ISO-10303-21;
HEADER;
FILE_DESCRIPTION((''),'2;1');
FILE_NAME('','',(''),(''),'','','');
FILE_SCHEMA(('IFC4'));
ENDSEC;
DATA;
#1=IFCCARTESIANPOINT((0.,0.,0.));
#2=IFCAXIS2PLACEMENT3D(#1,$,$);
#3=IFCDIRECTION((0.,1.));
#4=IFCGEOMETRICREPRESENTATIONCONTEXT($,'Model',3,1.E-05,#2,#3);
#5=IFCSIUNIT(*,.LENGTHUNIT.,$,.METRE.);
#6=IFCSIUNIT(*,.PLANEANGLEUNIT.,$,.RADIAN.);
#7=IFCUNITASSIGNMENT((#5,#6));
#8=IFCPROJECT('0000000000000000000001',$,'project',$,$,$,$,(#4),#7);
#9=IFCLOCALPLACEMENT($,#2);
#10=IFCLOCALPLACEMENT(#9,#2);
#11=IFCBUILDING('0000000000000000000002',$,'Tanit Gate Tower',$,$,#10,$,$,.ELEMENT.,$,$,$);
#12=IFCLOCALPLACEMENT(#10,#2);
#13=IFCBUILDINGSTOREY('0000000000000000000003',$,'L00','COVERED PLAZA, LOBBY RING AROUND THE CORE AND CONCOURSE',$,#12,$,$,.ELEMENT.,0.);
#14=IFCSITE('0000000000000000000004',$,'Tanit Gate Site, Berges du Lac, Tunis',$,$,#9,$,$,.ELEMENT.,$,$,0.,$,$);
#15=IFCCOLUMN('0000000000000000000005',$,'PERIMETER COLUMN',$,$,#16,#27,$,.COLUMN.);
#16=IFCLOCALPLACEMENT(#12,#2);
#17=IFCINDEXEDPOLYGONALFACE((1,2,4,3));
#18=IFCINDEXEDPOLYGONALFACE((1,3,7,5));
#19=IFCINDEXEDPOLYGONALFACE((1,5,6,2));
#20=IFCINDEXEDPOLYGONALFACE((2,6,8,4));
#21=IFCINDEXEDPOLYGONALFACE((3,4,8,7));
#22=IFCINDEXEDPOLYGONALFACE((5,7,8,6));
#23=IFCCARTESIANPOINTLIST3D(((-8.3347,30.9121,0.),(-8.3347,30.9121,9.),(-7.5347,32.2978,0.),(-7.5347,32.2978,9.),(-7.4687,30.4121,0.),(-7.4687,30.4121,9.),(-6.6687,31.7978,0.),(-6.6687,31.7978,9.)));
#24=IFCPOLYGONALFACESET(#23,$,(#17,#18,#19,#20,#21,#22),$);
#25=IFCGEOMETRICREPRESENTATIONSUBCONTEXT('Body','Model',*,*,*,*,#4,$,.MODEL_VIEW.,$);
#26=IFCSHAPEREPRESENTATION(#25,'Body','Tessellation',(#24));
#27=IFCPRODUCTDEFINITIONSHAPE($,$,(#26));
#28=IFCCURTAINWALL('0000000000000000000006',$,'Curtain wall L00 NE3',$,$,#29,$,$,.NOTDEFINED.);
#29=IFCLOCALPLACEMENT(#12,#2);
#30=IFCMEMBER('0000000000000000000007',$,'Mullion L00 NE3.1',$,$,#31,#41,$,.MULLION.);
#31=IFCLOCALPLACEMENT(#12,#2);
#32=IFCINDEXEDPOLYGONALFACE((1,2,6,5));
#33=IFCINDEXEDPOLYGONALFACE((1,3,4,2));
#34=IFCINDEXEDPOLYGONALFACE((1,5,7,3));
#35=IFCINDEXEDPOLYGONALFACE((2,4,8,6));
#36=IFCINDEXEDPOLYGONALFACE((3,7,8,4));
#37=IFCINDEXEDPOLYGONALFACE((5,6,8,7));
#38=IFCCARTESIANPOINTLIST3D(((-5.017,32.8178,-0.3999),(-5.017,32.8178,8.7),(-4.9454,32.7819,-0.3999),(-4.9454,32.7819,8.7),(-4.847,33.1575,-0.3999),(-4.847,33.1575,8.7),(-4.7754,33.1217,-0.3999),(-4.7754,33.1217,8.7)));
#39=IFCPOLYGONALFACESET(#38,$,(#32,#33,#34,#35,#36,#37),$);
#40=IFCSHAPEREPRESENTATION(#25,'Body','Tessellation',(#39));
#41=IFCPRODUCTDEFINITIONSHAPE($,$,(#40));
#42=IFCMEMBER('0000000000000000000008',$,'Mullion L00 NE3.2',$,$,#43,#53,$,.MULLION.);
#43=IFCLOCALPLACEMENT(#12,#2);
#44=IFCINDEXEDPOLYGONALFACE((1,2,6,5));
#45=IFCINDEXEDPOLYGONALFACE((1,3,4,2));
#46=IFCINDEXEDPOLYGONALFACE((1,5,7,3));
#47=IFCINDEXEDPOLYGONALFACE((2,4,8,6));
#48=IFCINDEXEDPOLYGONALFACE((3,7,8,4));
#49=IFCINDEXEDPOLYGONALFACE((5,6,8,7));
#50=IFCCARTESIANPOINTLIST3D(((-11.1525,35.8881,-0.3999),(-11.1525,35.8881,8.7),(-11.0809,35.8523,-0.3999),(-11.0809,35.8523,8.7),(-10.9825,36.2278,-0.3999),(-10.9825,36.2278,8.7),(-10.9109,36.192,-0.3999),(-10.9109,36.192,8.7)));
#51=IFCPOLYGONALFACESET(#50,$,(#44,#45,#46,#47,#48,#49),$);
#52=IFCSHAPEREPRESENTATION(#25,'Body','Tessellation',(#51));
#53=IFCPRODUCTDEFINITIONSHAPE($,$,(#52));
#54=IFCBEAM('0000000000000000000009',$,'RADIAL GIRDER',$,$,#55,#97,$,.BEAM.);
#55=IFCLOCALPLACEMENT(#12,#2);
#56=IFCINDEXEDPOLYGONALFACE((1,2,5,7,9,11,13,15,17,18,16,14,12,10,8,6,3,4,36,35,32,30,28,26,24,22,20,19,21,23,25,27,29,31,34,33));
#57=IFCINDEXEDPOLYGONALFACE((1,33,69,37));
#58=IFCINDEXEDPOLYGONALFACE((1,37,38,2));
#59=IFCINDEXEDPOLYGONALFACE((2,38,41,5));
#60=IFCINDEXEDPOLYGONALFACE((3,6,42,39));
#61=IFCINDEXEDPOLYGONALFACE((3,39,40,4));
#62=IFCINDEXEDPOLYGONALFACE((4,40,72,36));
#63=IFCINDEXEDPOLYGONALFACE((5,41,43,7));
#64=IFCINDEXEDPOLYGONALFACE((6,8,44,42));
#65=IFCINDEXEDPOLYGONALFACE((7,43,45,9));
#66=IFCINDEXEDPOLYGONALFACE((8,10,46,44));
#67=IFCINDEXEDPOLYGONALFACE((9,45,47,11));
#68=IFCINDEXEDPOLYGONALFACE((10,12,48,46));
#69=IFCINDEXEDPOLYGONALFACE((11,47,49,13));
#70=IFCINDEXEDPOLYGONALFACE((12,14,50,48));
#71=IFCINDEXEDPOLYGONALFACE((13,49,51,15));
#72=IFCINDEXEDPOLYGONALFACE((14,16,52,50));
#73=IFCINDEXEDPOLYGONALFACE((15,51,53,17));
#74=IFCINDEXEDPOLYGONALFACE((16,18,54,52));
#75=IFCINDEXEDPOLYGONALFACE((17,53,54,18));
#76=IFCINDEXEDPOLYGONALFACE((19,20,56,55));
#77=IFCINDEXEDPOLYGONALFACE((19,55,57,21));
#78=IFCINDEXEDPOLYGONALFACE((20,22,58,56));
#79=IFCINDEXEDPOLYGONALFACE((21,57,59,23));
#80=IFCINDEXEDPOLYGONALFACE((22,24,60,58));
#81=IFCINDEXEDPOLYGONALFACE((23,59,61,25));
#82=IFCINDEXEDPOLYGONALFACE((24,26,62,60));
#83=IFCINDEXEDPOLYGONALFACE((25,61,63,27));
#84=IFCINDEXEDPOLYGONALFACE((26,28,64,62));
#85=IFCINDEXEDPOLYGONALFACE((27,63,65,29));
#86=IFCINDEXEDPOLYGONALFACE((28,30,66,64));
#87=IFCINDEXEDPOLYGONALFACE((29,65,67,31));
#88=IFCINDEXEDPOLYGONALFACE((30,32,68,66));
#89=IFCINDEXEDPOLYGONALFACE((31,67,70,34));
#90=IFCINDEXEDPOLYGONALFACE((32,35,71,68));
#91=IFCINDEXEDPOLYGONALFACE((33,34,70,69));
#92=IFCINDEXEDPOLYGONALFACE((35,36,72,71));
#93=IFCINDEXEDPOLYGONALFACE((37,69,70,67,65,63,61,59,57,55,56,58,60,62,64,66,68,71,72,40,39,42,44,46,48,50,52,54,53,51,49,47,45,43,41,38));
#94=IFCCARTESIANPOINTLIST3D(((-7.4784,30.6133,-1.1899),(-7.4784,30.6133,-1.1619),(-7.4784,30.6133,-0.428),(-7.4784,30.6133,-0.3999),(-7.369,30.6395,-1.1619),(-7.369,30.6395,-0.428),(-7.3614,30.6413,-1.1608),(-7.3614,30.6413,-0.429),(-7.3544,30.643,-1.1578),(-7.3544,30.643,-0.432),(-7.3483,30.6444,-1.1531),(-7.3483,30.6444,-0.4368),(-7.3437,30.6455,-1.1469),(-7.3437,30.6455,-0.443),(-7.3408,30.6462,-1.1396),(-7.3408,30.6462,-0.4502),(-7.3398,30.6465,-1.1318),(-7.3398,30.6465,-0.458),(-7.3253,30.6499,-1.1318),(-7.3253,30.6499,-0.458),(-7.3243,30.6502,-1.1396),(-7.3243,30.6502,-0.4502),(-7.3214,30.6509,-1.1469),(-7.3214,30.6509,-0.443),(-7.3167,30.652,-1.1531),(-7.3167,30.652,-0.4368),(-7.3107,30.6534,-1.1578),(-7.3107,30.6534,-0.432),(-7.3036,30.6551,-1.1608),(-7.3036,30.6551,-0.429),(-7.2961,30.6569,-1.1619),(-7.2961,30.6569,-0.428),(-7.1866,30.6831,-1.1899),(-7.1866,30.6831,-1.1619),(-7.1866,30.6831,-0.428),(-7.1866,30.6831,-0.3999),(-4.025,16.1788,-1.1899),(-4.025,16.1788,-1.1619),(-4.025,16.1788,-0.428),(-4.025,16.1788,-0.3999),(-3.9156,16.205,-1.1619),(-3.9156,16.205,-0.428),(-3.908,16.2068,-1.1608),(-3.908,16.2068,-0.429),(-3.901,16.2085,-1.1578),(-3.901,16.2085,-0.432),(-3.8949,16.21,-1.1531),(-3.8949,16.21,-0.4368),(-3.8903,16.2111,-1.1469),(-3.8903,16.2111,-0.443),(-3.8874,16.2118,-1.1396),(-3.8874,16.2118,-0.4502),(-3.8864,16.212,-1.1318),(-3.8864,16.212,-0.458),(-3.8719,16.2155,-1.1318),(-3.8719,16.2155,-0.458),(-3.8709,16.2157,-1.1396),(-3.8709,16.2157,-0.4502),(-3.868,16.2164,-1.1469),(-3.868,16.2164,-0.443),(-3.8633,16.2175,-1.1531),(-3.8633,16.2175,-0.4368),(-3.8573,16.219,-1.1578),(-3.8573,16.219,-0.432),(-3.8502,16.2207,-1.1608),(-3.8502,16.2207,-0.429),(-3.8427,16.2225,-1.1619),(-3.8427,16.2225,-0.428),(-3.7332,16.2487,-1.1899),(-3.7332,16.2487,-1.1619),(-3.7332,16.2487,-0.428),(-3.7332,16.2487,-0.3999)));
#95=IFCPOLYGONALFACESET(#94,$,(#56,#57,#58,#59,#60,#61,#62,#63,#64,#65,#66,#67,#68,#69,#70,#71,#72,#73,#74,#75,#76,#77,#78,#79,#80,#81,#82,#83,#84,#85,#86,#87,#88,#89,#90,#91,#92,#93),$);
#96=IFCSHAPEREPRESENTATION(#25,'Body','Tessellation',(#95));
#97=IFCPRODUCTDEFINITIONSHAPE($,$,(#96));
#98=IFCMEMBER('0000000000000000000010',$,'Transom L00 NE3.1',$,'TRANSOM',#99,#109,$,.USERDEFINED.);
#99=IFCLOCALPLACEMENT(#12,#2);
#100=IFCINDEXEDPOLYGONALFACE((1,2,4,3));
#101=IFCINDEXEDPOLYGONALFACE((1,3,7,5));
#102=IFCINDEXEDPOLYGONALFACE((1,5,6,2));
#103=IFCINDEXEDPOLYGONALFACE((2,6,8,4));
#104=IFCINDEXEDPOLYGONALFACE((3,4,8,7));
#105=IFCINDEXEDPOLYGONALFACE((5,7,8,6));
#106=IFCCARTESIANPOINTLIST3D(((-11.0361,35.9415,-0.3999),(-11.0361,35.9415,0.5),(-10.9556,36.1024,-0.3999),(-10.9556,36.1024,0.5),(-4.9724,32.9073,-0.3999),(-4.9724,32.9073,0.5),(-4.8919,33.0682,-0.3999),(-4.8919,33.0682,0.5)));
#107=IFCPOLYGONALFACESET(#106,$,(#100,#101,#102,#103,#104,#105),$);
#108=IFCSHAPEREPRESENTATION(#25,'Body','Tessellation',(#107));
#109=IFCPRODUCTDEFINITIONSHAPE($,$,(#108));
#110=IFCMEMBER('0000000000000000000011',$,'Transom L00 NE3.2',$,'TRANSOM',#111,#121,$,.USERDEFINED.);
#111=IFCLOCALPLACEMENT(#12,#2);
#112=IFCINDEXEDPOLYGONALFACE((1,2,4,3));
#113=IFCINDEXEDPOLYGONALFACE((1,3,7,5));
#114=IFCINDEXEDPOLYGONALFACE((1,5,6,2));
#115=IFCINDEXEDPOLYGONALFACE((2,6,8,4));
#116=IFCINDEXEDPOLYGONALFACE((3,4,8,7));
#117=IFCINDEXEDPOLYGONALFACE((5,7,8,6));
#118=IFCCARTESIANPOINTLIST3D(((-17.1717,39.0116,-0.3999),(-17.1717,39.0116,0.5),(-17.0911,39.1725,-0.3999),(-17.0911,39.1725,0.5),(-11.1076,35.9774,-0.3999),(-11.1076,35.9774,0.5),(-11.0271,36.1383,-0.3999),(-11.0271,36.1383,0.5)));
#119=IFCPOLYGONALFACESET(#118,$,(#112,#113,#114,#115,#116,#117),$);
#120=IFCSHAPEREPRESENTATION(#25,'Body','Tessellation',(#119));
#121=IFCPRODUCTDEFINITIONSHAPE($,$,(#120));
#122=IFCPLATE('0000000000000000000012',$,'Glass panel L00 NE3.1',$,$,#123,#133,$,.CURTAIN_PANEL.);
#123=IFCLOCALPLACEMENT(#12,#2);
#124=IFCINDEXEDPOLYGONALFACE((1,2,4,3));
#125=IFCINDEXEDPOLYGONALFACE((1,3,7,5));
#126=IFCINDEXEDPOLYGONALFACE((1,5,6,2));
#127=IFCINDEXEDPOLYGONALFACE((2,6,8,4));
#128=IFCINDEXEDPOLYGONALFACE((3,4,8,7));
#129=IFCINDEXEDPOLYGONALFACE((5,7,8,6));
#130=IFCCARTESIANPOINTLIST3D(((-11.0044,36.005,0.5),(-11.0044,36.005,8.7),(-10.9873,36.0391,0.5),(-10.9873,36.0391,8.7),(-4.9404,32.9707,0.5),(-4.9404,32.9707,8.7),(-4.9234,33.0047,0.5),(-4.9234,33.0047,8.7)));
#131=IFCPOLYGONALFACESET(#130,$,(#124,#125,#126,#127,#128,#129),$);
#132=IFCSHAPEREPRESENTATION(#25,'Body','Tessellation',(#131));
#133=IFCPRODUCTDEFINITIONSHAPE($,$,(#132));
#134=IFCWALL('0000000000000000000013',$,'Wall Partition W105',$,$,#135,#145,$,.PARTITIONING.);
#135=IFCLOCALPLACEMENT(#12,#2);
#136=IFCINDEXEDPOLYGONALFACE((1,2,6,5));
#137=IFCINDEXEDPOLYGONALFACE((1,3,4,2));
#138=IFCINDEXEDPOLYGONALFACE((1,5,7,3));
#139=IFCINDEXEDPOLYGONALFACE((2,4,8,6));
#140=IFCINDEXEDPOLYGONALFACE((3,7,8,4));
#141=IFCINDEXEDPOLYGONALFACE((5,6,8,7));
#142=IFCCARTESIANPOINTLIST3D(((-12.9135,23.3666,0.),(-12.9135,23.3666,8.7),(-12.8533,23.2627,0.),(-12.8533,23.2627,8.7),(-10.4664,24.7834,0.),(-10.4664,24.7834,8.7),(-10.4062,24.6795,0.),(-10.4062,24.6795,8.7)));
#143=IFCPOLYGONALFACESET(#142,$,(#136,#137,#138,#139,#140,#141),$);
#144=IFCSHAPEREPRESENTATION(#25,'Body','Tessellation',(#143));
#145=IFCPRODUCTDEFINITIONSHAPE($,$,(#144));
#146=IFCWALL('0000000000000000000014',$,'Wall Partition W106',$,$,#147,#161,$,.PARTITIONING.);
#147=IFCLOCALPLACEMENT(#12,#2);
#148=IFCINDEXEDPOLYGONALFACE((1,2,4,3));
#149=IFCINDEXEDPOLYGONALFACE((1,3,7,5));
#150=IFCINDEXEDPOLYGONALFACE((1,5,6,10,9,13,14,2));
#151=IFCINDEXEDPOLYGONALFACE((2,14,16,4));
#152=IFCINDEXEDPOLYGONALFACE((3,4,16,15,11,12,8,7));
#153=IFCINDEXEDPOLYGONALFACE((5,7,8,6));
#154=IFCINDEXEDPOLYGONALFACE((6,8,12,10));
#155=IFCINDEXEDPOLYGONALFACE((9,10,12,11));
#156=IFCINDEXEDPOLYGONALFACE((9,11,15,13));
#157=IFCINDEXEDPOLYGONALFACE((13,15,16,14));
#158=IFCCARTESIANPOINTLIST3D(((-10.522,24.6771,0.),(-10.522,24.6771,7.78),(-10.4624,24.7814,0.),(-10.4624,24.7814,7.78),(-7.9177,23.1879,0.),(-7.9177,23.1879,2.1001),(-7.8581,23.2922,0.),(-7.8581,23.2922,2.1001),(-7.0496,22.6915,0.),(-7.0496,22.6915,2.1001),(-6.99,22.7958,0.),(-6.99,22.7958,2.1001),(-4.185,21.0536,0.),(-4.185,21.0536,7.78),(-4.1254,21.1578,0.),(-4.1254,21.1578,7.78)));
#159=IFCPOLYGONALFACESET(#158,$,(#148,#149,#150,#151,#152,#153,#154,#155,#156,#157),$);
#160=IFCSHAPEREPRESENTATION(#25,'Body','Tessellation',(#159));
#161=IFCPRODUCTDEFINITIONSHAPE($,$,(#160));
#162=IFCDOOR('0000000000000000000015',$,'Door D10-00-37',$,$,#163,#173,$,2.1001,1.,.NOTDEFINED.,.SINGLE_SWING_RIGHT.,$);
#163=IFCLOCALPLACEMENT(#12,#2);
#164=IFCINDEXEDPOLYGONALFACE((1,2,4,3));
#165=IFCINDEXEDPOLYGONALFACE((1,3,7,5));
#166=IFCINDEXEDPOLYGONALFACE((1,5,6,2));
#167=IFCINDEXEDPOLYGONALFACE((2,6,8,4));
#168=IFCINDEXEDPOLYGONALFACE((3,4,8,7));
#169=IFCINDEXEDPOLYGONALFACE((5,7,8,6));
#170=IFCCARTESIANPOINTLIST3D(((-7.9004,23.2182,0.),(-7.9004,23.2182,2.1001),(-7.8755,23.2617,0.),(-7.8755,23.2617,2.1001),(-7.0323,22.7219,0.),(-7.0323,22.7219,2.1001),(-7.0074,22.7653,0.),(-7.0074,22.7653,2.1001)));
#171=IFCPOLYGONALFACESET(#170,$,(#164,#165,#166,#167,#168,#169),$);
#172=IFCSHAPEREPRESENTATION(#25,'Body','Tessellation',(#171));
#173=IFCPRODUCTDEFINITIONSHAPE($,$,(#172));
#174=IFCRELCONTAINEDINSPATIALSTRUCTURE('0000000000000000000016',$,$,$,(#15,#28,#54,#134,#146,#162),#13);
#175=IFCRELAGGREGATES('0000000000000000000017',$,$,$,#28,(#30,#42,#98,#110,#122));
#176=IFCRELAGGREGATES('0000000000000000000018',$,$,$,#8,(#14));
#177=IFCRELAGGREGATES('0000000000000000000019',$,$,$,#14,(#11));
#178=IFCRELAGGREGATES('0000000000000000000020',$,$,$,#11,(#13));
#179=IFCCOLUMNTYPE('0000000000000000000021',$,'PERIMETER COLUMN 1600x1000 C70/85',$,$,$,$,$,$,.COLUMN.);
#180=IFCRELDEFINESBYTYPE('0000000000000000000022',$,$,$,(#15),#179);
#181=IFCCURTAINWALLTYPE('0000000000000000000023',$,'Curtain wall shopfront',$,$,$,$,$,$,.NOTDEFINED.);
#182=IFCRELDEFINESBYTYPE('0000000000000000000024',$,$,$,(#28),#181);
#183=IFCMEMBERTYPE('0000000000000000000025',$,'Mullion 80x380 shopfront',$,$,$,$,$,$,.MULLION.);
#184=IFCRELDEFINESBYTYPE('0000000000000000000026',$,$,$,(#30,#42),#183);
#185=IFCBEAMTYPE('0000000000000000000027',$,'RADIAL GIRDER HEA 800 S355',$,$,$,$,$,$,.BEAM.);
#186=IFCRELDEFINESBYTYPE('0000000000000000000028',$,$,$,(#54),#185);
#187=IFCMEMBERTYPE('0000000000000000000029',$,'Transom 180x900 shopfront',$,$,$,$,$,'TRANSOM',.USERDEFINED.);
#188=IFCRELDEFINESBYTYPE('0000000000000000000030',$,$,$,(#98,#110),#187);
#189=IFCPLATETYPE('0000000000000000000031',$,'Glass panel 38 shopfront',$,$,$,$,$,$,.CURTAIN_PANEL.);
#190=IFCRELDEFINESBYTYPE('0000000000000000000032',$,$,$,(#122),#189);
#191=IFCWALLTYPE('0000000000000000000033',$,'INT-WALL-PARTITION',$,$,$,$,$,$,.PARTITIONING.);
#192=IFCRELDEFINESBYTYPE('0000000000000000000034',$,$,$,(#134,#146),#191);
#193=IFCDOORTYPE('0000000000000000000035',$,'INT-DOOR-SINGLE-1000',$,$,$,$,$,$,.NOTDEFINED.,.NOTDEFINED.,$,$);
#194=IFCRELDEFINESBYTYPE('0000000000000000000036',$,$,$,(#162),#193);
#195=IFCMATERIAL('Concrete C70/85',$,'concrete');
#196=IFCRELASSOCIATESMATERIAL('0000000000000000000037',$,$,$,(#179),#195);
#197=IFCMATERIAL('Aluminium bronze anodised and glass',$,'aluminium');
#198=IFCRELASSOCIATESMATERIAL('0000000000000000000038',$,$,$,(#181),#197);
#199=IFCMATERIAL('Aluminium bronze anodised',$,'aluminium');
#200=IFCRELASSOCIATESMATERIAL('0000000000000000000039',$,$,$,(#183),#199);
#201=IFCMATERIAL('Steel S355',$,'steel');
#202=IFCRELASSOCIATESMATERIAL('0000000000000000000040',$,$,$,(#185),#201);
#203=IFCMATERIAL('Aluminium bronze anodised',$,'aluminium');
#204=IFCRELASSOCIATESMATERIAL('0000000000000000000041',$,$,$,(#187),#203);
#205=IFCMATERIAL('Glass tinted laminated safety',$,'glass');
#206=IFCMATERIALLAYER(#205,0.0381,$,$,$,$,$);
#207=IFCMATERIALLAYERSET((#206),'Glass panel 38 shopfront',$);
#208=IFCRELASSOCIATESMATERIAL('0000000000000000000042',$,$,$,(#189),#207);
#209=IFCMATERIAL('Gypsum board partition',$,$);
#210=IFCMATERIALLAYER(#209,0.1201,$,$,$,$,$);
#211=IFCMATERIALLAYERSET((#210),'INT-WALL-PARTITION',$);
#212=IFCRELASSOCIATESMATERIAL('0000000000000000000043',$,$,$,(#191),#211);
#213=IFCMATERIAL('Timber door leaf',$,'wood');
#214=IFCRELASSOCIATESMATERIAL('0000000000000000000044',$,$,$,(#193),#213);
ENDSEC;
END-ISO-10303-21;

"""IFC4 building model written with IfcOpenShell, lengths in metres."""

from ifc_helpers import new_model, si_unit, direction, frame, frame_2d, origin, origin_2d, place, context, subcontext, project, spatial, rectangle, i_section, extrude, material, layer, layer_set, material_profile, profile_set, type_object, element, fill, aggregate, save


model = new_model("IFC4")

# Units and contexts
model_context = context("Model", 3, precision=1e-05, world=origin(), true_north=direction((0.0, 1.0)))
body_context = subcontext(model_context, "Body", "Model", "MODEL_VIEW")
ifc_project = project(units=[si_unit("LENGTHUNIT", "METRE"), si_unit("PLANEANGLEUNIT", "RADIAN")], contexts=[model_context])

# Site, building, storey
site_placement = place(None, origin())
site = spatial("IfcSite", under=ifc_project, at=site_placement, Name="Tanit Gate Site, Berges du Lac, Tunis", CompositionType="ELEMENT", RefElevation=0.0)
building_placement = place(site_placement, origin())
building = spatial("IfcBuilding", under=site, at=building_placement, Name="Tanit Gate Tower", CompositionType="ELEMENT")
storey_placement = place(building_placement, origin())
storey = spatial("IfcBuildingStorey", under=building, at=storey_placement, Name="L00", Description="COVERED PLAZA, LOBBY RING AROUND THE CORE AND CONCOURSE", CompositionType="ELEMENT", Elevation=0.0)

# Column
ifc_material_1 = material(Name="Concrete C70/85", Category="concrete")
ifc_material_profile_1 = material_profile(ifc_material_1, rectangle(XDim=1.6001, YDim=1.0, at=origin_2d()), Name="RC 1600x1000")
ifc_profile_set_1 = profile_set([ifc_material_profile_1], Name="Concrete C70/85")
column_type = type_object("IfcColumnType", Name="PERIMETER COLUMN 1600x1000 C70/85", PredefinedType="COLUMN", material=ifc_profile_set_1)
column_placement = place(storey_placement, frame((-7.5017, 31.355, 0.0), z_axis=(0.0, 0.0, 1.0), x_axis=(0.5, 0.866025, 0.0)))
element("IfcColumn", 1, at=column_placement, inside=storey, type_object=column_type, Name="PERIMETER COLUMN", PredefinedType="COLUMN", context=body_context, shape_type="SweptSolid", body=[
    extrude(rectangle(XDim=1.6001, YDim=1.0, at=origin_2d()), origin(), (0.0, 0.0, 1.0), 9.0),
])

# Curtain wall, members
ifc_material_2 = material(Name="Aluminium bronze anodised and glass", Category="aluminium")
curtain_wall_type = type_object("IfcCurtainWallType", Name="Curtain wall shopfront", PredefinedType="NOTDEFINED", material=ifc_material_2)
curtain_wall_placement = place(storey_placement, origin())
curtain_wall = element("IfcCurtainWall", 2, at=curtain_wall_placement, inside=storey, type_object=curtain_wall_type, Name="Curtain wall L00 NE3", PredefinedType="NOTDEFINED")
ifc_material_3 = material(Name="Aluminium bronze anodised", Category="aluminium")
ifc_material_profile_2 = material_profile(ifc_material_3, rectangle(XDim=0.3799, YDim=0.0801, at=origin_2d()), Name="80x380 bronze mullion")
ifc_profile_set_2 = profile_set([ifc_material_profile_2], Name="Aluminium bronze anodised")
member_type_1 = type_object("IfcMemberType", Name="Mullion 80x380 shopfront", PredefinedType="MULLION", material=ifc_profile_set_2)
member_1_placement = place(storey_placement, frame((-4.8962, 32.9697, -0.3999), z_axis=(0.0, 0.0, 1.0), x_axis=(-0.447492, -0.894288, 0.0)))
member_1 = element("IfcMember", 3, at=member_1_placement, type_object=member_type_1, Name="Mullion L00 NE3.1", PredefinedType="MULLION", context=body_context, shape_type="SweptSolid", body=[
    extrude(rectangle(XDim=0.3799, YDim=0.0801, at=origin_2d()), origin(), (0.0, 0.0, 1.0), 9.0999),
])
member_2_placement = place(storey_placement, frame((-11.0317, 36.04, -0.3999), z_axis=(0.0, 0.0, 1.0), x_axis=(-0.447492, -0.894288, 0.0)))
member_2 = element("IfcMember", 4, at=member_2_placement, type_object=member_type_1, Name="Mullion L00 NE3.2", PredefinedType="MULLION", context=body_context, shape_type="SweptSolid", body=[
    extrude(rectangle(XDim=0.3799, YDim=0.0801, at=origin_2d()), origin(), (0.0, 0.0, 1.0), 9.0999),
])

# Beam
ifc_material_4 = material(Name="Steel S355", Category="steel")
ifc_material_profile_3 = material_profile(ifc_material_4, i_section(OverallWidth=0.3, OverallDepth=0.79, WebThickness=0.0149, FlangeThickness=0.0281, FilletRadius=0.03, at=origin_2d()), Name="HEA 800")
ifc_profile_set_3 = profile_set([ifc_material_profile_3], Name="Steel S355")
beam_type = type_object("IfcBeamType", Name="RADIAL GIRDER HEA 800 S355", PredefinedType="BEAM", material=ifc_profile_set_3)
beam_placement = place(storey_placement, frame((-7.3325, 30.6482, -0.7949), z_axis=(0.23268, -0.972553, 0.0), x_axis=(0.972553, 0.23268, 0.0)))
element("IfcBeam", 5, at=beam_placement, inside=storey, type_object=beam_type, Name="RADIAL GIRDER", PredefinedType="BEAM", context=body_context, shape_type="SweptSolid", body=[
    extrude(i_section(OverallWidth=0.3, OverallDepth=0.79, WebThickness=0.0149, FlangeThickness=0.0281, FilletRadius=0.03, at=origin_2d()), origin(), (0.0, 0.0, 1.0), 14.8418),
])

# Members
ifc_material_5 = material(Name="Aluminium bronze anodised", Category="aluminium")
ifc_material_profile_4 = material_profile(ifc_material_5, rectangle(XDim=0.1799, YDim=0.8999, at=origin_2d()), Name="180x900 bronze transom")
ifc_profile_set_4 = profile_set([ifc_material_profile_4], Name="Aluminium bronze anodised")
member_type_2 = type_object("IfcMemberType", Name="Transom 180x900 shopfront", ElementType="TRANSOM", PredefinedType="USERDEFINED", material=ifc_profile_set_4)
member_3_placement = place(storey_placement, frame((-4.9321, 32.9878, 0.05), z_axis=(-0.89429, 0.447487, 0.0), x_axis=(-0.447487, -0.89429, 0.0)))
member_3 = element("IfcMember", 6, at=member_3_placement, type_object=member_type_2, Name="Transom L00 NE3.1", ObjectType="TRANSOM", PredefinedType="USERDEFINED", context=body_context, shape_type="SweptSolid", body=[
    extrude(rectangle(XDim=0.1799, YDim=0.8999, at=origin_2d()), origin(), (0.0, 0.0, 1.0), 6.7805),
])
member_4_placement = place(storey_placement, frame((-11.0674, 36.0579, 0.05), z_axis=(-0.894298, 0.447473, 0.0), x_axis=(-0.447473, -0.894298, 0.0)))
member_4 = element("IfcMember", 7, at=member_4_placement, type_object=member_type_2, Name="Transom L00 NE3.2", ObjectType="TRANSOM", PredefinedType="USERDEFINED", context=body_context, shape_type="SweptSolid", body=[
    extrude(rectangle(XDim=0.1799, YDim=0.8999, at=origin_2d()), origin(), (0.0, 0.0, 1.0), 6.7808),
])

# Plate
ifc_material_6 = material(Name="Glass tinted laminated safety", Category="glass")
ifc_layer_1 = layer(ifc_material_6, 0.0381)
ifc_layer_set_1 = layer_set([ifc_layer_1], Name="Glass panel 38 shopfront")
plate_type = type_object("IfcPlateType", Name="Glass panel 38 shopfront", PredefinedType="CURTAIN_PANEL", material=ifc_layer_set_1)
plate_placement = place(storey_placement, frame((-7.9639, 34.5049, 0.5), z_axis=(0.0, 0.0, 1.0), x_axis=(-0.894288, 0.447492, 0.0)))
plate = element("IfcPlate", 8, at=plate_placement, type_object=plate_type, Name="Glass panel L00 NE3.1", PredefinedType="CURTAIN_PANEL", context=body_context, shape_type="SweptSolid", body=[
    extrude(rectangle(XDim=6.7808, YDim=0.0381, at=origin_2d()), origin(), (0.0, 0.0, 1.0), 8.2),
])
aggregate(curtain_wall, [member_1, member_2, member_3, member_4, plate])

# Wall
ifc_material_7 = material(Name="Gypsum board partition")
ifc_layer_2 = layer(ifc_material_7, 0.1201)
ifc_layer_set_2 = layer_set([ifc_layer_2], Name="INT-WALL-PARTITION")
wall_type = type_object("IfcWallType", Name="INT-WALL-PARTITION", PredefinedType="PARTITIONING", material=ifc_layer_set_2)
wall_1_placement = place(storey_placement, frame((-10.4363, 24.7314, 0.0), z_axis=(0.0, 0.0, 1.0), x_axis=(-0.865418, -0.50105, 0.0)))
element("IfcWall", 9, at=wall_1_placement, inside=storey, type_object=wall_type, Name="Wall Partition W105", PredefinedType="PARTITIONING", context=body_context, shape_type="SweptSolid", body=[
    extrude(rectangle(XDim=2.8276, YDim=0.1201, at=frame_2d((1.4138, 0.0))), origin(), (0.0, 0.0, 1.0), 8.7),
])

# Wall, opening, door
wall_2_placement = place(storey_placement, frame((-10.4922, 24.7292, 0.0), z_axis=(0.0, 0.0, 1.0), x_axis=(0.868099, -0.496391, 0.0)))
wall_2 = element("IfcWall", 10, at=wall_2_placement, inside=storey, type_object=wall_type, Name="Wall Partition W106", PredefinedType="PARTITIONING", context=body_context, shape_type="SweptSolid", body=[
    extrude(rectangle(XDim=7.2998, YDim=0.1201, at=frame_2d((3.6499, 0.0))), origin(), (0.0, 0.0, 1.0), 7.78),
])
opening_1_placement = place(wall_2_placement, frame((3.0, 0.0, 0.0)))
opening_1 = element("IfcOpeningElement", 11, at=opening_1_placement, cuts=wall_2, PredefinedType="OPENING", context=body_context, shape_type="SweptSolid", body=[
    extrude(rectangle(XDim=1.0, YDim=2.1001, at=frame_2d((0.5, 1.05))), frame((0.0, 0.0701, 0.0), z_axis=(0.0, -1.0, 0.0), x_axis=(1.0, 0.0, 0.0)), (0.0, 0.0, 1.0), 0.1401),
])
ifc_material_8 = material(Name="Timber door leaf", Category="wood")
door_type_1 = type_object("IfcDoorType", Name="INT-DOOR-SINGLE-1000", OperationType="NOTDEFINED", PredefinedType="NOTDEFINED", material=ifc_material_8)
door_1_placement = place(opening_1_placement, origin())
door_1 = element("IfcDoor", 12, at=door_1_placement, inside=storey, type_object=door_type_1, Name="Door D10-00-37", OperationType="SINGLE_SWING_RIGHT", OverallHeight=2.1001, OverallWidth=1.0, PredefinedType="NOTDEFINED", context=body_context, shape_type="SweptSolid", body=[
    extrude(rectangle(XDim=1.0, YDim=2.1001, at=frame_2d((0.5, 1.05))), frame((0.0, 0.0249, 0.0), z_axis=(0.0, -1.0, 0.0), x_axis=(1.0, 0.0, 0.0)), (0.0, 0.0, 1.0), 0.05),
])
fill(opening_1, door_1)

save(model, "model.ifc")
